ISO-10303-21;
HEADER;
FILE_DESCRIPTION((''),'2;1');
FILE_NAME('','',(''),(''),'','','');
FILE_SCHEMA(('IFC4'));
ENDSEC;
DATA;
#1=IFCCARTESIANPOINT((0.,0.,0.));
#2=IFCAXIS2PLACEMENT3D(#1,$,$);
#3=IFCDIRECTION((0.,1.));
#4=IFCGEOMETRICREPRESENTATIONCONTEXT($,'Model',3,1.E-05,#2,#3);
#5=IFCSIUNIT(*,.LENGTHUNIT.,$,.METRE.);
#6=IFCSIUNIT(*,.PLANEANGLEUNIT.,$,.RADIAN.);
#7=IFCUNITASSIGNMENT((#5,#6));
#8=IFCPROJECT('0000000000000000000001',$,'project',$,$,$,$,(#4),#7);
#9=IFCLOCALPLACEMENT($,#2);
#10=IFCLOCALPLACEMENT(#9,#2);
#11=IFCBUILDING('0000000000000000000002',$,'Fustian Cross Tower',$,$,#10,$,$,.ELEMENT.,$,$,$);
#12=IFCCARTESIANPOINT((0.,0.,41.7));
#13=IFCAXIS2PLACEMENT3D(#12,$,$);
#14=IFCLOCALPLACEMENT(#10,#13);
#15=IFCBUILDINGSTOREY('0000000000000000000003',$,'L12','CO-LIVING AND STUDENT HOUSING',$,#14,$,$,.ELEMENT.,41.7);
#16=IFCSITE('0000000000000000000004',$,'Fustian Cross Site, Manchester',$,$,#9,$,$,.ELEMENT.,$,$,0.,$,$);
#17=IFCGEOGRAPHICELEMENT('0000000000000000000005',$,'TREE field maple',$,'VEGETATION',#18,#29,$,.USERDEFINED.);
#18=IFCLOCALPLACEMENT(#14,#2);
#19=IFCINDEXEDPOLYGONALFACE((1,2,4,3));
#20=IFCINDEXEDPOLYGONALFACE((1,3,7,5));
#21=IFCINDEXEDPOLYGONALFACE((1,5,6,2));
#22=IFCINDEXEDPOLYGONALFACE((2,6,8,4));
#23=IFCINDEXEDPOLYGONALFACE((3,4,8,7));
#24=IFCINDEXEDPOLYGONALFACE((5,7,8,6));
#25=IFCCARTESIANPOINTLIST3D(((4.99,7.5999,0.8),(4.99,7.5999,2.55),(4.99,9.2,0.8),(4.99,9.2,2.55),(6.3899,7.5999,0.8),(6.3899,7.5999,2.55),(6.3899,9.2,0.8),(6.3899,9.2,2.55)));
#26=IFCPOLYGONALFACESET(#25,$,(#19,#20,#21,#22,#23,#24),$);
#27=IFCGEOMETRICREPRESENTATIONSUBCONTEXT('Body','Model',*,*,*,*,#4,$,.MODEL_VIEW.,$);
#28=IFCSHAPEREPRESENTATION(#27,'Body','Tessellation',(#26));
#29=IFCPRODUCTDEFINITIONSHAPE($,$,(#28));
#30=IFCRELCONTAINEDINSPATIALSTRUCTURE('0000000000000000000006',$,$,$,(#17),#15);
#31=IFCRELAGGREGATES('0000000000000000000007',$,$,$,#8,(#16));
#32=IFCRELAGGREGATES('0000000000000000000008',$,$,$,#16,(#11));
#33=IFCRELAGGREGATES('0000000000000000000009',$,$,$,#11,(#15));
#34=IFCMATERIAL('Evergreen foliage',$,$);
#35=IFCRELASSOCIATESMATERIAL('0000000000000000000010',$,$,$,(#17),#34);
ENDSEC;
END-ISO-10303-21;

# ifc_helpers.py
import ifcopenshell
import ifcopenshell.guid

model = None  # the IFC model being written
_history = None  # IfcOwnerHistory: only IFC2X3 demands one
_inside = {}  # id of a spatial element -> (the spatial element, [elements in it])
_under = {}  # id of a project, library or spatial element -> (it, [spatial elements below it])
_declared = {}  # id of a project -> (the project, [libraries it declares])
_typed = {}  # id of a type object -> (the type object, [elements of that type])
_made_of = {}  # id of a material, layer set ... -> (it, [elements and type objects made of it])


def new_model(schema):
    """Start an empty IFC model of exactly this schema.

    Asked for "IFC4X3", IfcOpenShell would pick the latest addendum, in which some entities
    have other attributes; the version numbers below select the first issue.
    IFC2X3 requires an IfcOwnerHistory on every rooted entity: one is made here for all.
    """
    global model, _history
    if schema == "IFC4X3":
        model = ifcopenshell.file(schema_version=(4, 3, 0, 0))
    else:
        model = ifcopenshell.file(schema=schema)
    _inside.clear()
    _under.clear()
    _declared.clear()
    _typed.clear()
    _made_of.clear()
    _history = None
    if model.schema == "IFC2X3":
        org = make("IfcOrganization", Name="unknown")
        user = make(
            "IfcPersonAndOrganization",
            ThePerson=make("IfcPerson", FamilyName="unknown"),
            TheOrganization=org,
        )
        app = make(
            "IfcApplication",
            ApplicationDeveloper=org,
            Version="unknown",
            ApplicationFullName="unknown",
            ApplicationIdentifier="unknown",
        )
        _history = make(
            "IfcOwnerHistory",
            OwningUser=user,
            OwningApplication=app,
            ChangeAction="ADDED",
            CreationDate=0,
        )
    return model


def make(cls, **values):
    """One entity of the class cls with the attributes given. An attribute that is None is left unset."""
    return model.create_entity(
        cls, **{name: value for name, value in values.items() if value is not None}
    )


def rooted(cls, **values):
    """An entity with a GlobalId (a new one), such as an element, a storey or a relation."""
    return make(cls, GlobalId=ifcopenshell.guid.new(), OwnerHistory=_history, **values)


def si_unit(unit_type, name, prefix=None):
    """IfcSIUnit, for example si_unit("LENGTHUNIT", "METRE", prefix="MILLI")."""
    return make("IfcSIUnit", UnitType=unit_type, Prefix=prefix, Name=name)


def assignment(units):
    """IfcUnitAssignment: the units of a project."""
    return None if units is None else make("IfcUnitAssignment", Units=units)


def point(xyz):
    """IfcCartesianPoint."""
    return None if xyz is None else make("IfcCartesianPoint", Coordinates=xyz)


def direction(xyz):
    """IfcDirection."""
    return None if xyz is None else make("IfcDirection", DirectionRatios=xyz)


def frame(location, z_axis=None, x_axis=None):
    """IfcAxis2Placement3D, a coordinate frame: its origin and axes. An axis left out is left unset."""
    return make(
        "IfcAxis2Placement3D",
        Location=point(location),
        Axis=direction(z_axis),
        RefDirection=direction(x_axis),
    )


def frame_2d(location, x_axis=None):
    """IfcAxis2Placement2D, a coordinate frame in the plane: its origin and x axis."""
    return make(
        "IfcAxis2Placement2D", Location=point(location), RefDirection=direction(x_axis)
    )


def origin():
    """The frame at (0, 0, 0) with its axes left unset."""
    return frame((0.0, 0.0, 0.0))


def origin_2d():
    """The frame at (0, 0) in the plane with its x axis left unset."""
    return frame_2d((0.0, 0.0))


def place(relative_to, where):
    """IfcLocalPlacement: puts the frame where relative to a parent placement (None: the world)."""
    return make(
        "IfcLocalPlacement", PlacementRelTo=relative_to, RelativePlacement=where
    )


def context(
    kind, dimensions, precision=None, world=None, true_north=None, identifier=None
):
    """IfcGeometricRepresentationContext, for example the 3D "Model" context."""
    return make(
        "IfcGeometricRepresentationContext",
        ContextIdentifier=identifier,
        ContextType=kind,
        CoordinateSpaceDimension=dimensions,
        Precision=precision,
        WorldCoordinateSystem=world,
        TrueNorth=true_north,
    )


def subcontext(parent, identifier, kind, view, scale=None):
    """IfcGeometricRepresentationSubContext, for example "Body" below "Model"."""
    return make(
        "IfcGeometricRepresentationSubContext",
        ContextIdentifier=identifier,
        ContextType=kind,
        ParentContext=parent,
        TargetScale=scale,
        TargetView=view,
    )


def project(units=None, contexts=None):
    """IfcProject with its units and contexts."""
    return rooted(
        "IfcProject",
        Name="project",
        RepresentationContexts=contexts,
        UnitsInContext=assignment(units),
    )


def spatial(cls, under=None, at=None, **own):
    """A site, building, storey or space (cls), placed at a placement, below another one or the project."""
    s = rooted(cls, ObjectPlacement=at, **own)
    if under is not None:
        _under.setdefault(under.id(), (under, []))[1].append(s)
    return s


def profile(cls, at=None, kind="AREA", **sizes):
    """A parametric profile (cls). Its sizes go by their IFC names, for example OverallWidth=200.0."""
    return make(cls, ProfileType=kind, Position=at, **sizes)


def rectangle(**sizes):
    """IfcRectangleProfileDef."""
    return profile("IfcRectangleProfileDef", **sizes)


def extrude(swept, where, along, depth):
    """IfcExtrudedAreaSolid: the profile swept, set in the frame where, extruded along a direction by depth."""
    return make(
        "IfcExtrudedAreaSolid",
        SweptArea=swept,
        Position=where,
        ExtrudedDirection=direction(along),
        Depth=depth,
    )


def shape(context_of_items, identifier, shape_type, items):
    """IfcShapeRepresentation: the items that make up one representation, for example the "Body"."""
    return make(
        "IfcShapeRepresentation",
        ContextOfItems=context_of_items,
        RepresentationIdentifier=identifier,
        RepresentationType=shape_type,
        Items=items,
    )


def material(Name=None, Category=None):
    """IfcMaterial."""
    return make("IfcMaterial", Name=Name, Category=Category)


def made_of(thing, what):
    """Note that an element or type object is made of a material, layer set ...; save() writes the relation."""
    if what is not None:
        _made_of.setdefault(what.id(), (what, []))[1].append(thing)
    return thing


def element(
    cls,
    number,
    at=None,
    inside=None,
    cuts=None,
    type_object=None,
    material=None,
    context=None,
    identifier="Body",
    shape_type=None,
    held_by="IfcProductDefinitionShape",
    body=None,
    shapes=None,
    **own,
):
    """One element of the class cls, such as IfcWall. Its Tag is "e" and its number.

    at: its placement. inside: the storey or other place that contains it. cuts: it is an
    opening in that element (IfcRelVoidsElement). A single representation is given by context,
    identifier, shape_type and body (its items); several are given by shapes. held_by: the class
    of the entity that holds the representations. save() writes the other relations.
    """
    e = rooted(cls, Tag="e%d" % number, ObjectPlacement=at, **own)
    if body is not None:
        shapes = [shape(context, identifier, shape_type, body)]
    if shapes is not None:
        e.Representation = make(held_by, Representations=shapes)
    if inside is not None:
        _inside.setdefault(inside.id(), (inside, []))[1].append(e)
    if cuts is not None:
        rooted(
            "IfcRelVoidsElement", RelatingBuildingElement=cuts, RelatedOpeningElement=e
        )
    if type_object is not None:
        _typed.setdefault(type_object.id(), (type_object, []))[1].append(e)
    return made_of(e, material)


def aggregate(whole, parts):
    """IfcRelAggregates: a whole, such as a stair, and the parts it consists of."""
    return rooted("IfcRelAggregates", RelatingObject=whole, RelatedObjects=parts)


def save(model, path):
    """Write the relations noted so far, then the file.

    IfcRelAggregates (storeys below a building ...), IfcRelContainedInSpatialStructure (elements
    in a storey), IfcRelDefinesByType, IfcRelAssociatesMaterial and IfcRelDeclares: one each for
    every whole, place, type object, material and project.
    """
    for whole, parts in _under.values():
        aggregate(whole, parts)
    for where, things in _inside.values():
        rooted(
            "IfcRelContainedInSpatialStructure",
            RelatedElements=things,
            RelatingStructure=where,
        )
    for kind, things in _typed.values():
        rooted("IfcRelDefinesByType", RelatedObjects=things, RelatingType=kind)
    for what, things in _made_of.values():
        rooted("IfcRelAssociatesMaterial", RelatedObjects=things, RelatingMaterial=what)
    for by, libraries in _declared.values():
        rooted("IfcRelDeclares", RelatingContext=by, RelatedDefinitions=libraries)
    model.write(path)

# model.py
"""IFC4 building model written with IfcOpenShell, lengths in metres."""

from ifc_helpers import new_model, si_unit, direction, frame, origin, origin_2d, place, context, subcontext, project, spatial, rectangle, extrude, material, element, save


model = new_model("IFC4")

# Units and contexts
model_context = context("Model", 3, precision=1e-05, world=origin(), true_north=direction((0.0, 1.0)))
body_context = subcontext(model_context, "Body", "Model", "MODEL_VIEW")
ifc_project = project(units=[si_unit("LENGTHUNIT", "METRE"), si_unit("PLANEANGLEUNIT", "RADIAN")], contexts=[model_context])

# Site, building, storey
site_placement = place(None, origin())
site = spatial("IfcSite", under=ifc_project, at=site_placement, Name="Fustian Cross Site, Manchester", CompositionType="ELEMENT", RefElevation=0.0)
building_placement = place(site_placement, origin())
building = spatial("IfcBuilding", under=site, at=building_placement, Name="Fustian Cross Tower", CompositionType="ELEMENT")
storey_placement = place(building_placement, frame((0.0, 0.0, 41.7)))
storey = spatial("IfcBuildingStorey", under=building, at=storey_placement, Name="L12", Description="CO-LIVING AND STUDENT HOUSING", CompositionType="ELEMENT", Elevation=41.7)

# Geographic element
ifc_material_1 = material(Name="Evergreen foliage")
geographic_element_placement = place(storey_placement, frame((5.6899, 8.3999, 0.8), z_axis=(0.0, 0.0, 1.0), x_axis=(1.0, 0.0, 0.0)))
element("IfcGeographicElement", 1, at=geographic_element_placement, inside=storey, material=ifc_material_1, Name="TREE field maple", ObjectType="VEGETATION", PredefinedType="USERDEFINED", context=body_context, shape_type="SweptSolid", body=[
    extrude(rectangle(XDim=1.3999, YDim=1.6001, at=origin_2d()), origin(), (0.0, 0.0, 1.0), 1.75),
])

save(model, "model.ifc")
